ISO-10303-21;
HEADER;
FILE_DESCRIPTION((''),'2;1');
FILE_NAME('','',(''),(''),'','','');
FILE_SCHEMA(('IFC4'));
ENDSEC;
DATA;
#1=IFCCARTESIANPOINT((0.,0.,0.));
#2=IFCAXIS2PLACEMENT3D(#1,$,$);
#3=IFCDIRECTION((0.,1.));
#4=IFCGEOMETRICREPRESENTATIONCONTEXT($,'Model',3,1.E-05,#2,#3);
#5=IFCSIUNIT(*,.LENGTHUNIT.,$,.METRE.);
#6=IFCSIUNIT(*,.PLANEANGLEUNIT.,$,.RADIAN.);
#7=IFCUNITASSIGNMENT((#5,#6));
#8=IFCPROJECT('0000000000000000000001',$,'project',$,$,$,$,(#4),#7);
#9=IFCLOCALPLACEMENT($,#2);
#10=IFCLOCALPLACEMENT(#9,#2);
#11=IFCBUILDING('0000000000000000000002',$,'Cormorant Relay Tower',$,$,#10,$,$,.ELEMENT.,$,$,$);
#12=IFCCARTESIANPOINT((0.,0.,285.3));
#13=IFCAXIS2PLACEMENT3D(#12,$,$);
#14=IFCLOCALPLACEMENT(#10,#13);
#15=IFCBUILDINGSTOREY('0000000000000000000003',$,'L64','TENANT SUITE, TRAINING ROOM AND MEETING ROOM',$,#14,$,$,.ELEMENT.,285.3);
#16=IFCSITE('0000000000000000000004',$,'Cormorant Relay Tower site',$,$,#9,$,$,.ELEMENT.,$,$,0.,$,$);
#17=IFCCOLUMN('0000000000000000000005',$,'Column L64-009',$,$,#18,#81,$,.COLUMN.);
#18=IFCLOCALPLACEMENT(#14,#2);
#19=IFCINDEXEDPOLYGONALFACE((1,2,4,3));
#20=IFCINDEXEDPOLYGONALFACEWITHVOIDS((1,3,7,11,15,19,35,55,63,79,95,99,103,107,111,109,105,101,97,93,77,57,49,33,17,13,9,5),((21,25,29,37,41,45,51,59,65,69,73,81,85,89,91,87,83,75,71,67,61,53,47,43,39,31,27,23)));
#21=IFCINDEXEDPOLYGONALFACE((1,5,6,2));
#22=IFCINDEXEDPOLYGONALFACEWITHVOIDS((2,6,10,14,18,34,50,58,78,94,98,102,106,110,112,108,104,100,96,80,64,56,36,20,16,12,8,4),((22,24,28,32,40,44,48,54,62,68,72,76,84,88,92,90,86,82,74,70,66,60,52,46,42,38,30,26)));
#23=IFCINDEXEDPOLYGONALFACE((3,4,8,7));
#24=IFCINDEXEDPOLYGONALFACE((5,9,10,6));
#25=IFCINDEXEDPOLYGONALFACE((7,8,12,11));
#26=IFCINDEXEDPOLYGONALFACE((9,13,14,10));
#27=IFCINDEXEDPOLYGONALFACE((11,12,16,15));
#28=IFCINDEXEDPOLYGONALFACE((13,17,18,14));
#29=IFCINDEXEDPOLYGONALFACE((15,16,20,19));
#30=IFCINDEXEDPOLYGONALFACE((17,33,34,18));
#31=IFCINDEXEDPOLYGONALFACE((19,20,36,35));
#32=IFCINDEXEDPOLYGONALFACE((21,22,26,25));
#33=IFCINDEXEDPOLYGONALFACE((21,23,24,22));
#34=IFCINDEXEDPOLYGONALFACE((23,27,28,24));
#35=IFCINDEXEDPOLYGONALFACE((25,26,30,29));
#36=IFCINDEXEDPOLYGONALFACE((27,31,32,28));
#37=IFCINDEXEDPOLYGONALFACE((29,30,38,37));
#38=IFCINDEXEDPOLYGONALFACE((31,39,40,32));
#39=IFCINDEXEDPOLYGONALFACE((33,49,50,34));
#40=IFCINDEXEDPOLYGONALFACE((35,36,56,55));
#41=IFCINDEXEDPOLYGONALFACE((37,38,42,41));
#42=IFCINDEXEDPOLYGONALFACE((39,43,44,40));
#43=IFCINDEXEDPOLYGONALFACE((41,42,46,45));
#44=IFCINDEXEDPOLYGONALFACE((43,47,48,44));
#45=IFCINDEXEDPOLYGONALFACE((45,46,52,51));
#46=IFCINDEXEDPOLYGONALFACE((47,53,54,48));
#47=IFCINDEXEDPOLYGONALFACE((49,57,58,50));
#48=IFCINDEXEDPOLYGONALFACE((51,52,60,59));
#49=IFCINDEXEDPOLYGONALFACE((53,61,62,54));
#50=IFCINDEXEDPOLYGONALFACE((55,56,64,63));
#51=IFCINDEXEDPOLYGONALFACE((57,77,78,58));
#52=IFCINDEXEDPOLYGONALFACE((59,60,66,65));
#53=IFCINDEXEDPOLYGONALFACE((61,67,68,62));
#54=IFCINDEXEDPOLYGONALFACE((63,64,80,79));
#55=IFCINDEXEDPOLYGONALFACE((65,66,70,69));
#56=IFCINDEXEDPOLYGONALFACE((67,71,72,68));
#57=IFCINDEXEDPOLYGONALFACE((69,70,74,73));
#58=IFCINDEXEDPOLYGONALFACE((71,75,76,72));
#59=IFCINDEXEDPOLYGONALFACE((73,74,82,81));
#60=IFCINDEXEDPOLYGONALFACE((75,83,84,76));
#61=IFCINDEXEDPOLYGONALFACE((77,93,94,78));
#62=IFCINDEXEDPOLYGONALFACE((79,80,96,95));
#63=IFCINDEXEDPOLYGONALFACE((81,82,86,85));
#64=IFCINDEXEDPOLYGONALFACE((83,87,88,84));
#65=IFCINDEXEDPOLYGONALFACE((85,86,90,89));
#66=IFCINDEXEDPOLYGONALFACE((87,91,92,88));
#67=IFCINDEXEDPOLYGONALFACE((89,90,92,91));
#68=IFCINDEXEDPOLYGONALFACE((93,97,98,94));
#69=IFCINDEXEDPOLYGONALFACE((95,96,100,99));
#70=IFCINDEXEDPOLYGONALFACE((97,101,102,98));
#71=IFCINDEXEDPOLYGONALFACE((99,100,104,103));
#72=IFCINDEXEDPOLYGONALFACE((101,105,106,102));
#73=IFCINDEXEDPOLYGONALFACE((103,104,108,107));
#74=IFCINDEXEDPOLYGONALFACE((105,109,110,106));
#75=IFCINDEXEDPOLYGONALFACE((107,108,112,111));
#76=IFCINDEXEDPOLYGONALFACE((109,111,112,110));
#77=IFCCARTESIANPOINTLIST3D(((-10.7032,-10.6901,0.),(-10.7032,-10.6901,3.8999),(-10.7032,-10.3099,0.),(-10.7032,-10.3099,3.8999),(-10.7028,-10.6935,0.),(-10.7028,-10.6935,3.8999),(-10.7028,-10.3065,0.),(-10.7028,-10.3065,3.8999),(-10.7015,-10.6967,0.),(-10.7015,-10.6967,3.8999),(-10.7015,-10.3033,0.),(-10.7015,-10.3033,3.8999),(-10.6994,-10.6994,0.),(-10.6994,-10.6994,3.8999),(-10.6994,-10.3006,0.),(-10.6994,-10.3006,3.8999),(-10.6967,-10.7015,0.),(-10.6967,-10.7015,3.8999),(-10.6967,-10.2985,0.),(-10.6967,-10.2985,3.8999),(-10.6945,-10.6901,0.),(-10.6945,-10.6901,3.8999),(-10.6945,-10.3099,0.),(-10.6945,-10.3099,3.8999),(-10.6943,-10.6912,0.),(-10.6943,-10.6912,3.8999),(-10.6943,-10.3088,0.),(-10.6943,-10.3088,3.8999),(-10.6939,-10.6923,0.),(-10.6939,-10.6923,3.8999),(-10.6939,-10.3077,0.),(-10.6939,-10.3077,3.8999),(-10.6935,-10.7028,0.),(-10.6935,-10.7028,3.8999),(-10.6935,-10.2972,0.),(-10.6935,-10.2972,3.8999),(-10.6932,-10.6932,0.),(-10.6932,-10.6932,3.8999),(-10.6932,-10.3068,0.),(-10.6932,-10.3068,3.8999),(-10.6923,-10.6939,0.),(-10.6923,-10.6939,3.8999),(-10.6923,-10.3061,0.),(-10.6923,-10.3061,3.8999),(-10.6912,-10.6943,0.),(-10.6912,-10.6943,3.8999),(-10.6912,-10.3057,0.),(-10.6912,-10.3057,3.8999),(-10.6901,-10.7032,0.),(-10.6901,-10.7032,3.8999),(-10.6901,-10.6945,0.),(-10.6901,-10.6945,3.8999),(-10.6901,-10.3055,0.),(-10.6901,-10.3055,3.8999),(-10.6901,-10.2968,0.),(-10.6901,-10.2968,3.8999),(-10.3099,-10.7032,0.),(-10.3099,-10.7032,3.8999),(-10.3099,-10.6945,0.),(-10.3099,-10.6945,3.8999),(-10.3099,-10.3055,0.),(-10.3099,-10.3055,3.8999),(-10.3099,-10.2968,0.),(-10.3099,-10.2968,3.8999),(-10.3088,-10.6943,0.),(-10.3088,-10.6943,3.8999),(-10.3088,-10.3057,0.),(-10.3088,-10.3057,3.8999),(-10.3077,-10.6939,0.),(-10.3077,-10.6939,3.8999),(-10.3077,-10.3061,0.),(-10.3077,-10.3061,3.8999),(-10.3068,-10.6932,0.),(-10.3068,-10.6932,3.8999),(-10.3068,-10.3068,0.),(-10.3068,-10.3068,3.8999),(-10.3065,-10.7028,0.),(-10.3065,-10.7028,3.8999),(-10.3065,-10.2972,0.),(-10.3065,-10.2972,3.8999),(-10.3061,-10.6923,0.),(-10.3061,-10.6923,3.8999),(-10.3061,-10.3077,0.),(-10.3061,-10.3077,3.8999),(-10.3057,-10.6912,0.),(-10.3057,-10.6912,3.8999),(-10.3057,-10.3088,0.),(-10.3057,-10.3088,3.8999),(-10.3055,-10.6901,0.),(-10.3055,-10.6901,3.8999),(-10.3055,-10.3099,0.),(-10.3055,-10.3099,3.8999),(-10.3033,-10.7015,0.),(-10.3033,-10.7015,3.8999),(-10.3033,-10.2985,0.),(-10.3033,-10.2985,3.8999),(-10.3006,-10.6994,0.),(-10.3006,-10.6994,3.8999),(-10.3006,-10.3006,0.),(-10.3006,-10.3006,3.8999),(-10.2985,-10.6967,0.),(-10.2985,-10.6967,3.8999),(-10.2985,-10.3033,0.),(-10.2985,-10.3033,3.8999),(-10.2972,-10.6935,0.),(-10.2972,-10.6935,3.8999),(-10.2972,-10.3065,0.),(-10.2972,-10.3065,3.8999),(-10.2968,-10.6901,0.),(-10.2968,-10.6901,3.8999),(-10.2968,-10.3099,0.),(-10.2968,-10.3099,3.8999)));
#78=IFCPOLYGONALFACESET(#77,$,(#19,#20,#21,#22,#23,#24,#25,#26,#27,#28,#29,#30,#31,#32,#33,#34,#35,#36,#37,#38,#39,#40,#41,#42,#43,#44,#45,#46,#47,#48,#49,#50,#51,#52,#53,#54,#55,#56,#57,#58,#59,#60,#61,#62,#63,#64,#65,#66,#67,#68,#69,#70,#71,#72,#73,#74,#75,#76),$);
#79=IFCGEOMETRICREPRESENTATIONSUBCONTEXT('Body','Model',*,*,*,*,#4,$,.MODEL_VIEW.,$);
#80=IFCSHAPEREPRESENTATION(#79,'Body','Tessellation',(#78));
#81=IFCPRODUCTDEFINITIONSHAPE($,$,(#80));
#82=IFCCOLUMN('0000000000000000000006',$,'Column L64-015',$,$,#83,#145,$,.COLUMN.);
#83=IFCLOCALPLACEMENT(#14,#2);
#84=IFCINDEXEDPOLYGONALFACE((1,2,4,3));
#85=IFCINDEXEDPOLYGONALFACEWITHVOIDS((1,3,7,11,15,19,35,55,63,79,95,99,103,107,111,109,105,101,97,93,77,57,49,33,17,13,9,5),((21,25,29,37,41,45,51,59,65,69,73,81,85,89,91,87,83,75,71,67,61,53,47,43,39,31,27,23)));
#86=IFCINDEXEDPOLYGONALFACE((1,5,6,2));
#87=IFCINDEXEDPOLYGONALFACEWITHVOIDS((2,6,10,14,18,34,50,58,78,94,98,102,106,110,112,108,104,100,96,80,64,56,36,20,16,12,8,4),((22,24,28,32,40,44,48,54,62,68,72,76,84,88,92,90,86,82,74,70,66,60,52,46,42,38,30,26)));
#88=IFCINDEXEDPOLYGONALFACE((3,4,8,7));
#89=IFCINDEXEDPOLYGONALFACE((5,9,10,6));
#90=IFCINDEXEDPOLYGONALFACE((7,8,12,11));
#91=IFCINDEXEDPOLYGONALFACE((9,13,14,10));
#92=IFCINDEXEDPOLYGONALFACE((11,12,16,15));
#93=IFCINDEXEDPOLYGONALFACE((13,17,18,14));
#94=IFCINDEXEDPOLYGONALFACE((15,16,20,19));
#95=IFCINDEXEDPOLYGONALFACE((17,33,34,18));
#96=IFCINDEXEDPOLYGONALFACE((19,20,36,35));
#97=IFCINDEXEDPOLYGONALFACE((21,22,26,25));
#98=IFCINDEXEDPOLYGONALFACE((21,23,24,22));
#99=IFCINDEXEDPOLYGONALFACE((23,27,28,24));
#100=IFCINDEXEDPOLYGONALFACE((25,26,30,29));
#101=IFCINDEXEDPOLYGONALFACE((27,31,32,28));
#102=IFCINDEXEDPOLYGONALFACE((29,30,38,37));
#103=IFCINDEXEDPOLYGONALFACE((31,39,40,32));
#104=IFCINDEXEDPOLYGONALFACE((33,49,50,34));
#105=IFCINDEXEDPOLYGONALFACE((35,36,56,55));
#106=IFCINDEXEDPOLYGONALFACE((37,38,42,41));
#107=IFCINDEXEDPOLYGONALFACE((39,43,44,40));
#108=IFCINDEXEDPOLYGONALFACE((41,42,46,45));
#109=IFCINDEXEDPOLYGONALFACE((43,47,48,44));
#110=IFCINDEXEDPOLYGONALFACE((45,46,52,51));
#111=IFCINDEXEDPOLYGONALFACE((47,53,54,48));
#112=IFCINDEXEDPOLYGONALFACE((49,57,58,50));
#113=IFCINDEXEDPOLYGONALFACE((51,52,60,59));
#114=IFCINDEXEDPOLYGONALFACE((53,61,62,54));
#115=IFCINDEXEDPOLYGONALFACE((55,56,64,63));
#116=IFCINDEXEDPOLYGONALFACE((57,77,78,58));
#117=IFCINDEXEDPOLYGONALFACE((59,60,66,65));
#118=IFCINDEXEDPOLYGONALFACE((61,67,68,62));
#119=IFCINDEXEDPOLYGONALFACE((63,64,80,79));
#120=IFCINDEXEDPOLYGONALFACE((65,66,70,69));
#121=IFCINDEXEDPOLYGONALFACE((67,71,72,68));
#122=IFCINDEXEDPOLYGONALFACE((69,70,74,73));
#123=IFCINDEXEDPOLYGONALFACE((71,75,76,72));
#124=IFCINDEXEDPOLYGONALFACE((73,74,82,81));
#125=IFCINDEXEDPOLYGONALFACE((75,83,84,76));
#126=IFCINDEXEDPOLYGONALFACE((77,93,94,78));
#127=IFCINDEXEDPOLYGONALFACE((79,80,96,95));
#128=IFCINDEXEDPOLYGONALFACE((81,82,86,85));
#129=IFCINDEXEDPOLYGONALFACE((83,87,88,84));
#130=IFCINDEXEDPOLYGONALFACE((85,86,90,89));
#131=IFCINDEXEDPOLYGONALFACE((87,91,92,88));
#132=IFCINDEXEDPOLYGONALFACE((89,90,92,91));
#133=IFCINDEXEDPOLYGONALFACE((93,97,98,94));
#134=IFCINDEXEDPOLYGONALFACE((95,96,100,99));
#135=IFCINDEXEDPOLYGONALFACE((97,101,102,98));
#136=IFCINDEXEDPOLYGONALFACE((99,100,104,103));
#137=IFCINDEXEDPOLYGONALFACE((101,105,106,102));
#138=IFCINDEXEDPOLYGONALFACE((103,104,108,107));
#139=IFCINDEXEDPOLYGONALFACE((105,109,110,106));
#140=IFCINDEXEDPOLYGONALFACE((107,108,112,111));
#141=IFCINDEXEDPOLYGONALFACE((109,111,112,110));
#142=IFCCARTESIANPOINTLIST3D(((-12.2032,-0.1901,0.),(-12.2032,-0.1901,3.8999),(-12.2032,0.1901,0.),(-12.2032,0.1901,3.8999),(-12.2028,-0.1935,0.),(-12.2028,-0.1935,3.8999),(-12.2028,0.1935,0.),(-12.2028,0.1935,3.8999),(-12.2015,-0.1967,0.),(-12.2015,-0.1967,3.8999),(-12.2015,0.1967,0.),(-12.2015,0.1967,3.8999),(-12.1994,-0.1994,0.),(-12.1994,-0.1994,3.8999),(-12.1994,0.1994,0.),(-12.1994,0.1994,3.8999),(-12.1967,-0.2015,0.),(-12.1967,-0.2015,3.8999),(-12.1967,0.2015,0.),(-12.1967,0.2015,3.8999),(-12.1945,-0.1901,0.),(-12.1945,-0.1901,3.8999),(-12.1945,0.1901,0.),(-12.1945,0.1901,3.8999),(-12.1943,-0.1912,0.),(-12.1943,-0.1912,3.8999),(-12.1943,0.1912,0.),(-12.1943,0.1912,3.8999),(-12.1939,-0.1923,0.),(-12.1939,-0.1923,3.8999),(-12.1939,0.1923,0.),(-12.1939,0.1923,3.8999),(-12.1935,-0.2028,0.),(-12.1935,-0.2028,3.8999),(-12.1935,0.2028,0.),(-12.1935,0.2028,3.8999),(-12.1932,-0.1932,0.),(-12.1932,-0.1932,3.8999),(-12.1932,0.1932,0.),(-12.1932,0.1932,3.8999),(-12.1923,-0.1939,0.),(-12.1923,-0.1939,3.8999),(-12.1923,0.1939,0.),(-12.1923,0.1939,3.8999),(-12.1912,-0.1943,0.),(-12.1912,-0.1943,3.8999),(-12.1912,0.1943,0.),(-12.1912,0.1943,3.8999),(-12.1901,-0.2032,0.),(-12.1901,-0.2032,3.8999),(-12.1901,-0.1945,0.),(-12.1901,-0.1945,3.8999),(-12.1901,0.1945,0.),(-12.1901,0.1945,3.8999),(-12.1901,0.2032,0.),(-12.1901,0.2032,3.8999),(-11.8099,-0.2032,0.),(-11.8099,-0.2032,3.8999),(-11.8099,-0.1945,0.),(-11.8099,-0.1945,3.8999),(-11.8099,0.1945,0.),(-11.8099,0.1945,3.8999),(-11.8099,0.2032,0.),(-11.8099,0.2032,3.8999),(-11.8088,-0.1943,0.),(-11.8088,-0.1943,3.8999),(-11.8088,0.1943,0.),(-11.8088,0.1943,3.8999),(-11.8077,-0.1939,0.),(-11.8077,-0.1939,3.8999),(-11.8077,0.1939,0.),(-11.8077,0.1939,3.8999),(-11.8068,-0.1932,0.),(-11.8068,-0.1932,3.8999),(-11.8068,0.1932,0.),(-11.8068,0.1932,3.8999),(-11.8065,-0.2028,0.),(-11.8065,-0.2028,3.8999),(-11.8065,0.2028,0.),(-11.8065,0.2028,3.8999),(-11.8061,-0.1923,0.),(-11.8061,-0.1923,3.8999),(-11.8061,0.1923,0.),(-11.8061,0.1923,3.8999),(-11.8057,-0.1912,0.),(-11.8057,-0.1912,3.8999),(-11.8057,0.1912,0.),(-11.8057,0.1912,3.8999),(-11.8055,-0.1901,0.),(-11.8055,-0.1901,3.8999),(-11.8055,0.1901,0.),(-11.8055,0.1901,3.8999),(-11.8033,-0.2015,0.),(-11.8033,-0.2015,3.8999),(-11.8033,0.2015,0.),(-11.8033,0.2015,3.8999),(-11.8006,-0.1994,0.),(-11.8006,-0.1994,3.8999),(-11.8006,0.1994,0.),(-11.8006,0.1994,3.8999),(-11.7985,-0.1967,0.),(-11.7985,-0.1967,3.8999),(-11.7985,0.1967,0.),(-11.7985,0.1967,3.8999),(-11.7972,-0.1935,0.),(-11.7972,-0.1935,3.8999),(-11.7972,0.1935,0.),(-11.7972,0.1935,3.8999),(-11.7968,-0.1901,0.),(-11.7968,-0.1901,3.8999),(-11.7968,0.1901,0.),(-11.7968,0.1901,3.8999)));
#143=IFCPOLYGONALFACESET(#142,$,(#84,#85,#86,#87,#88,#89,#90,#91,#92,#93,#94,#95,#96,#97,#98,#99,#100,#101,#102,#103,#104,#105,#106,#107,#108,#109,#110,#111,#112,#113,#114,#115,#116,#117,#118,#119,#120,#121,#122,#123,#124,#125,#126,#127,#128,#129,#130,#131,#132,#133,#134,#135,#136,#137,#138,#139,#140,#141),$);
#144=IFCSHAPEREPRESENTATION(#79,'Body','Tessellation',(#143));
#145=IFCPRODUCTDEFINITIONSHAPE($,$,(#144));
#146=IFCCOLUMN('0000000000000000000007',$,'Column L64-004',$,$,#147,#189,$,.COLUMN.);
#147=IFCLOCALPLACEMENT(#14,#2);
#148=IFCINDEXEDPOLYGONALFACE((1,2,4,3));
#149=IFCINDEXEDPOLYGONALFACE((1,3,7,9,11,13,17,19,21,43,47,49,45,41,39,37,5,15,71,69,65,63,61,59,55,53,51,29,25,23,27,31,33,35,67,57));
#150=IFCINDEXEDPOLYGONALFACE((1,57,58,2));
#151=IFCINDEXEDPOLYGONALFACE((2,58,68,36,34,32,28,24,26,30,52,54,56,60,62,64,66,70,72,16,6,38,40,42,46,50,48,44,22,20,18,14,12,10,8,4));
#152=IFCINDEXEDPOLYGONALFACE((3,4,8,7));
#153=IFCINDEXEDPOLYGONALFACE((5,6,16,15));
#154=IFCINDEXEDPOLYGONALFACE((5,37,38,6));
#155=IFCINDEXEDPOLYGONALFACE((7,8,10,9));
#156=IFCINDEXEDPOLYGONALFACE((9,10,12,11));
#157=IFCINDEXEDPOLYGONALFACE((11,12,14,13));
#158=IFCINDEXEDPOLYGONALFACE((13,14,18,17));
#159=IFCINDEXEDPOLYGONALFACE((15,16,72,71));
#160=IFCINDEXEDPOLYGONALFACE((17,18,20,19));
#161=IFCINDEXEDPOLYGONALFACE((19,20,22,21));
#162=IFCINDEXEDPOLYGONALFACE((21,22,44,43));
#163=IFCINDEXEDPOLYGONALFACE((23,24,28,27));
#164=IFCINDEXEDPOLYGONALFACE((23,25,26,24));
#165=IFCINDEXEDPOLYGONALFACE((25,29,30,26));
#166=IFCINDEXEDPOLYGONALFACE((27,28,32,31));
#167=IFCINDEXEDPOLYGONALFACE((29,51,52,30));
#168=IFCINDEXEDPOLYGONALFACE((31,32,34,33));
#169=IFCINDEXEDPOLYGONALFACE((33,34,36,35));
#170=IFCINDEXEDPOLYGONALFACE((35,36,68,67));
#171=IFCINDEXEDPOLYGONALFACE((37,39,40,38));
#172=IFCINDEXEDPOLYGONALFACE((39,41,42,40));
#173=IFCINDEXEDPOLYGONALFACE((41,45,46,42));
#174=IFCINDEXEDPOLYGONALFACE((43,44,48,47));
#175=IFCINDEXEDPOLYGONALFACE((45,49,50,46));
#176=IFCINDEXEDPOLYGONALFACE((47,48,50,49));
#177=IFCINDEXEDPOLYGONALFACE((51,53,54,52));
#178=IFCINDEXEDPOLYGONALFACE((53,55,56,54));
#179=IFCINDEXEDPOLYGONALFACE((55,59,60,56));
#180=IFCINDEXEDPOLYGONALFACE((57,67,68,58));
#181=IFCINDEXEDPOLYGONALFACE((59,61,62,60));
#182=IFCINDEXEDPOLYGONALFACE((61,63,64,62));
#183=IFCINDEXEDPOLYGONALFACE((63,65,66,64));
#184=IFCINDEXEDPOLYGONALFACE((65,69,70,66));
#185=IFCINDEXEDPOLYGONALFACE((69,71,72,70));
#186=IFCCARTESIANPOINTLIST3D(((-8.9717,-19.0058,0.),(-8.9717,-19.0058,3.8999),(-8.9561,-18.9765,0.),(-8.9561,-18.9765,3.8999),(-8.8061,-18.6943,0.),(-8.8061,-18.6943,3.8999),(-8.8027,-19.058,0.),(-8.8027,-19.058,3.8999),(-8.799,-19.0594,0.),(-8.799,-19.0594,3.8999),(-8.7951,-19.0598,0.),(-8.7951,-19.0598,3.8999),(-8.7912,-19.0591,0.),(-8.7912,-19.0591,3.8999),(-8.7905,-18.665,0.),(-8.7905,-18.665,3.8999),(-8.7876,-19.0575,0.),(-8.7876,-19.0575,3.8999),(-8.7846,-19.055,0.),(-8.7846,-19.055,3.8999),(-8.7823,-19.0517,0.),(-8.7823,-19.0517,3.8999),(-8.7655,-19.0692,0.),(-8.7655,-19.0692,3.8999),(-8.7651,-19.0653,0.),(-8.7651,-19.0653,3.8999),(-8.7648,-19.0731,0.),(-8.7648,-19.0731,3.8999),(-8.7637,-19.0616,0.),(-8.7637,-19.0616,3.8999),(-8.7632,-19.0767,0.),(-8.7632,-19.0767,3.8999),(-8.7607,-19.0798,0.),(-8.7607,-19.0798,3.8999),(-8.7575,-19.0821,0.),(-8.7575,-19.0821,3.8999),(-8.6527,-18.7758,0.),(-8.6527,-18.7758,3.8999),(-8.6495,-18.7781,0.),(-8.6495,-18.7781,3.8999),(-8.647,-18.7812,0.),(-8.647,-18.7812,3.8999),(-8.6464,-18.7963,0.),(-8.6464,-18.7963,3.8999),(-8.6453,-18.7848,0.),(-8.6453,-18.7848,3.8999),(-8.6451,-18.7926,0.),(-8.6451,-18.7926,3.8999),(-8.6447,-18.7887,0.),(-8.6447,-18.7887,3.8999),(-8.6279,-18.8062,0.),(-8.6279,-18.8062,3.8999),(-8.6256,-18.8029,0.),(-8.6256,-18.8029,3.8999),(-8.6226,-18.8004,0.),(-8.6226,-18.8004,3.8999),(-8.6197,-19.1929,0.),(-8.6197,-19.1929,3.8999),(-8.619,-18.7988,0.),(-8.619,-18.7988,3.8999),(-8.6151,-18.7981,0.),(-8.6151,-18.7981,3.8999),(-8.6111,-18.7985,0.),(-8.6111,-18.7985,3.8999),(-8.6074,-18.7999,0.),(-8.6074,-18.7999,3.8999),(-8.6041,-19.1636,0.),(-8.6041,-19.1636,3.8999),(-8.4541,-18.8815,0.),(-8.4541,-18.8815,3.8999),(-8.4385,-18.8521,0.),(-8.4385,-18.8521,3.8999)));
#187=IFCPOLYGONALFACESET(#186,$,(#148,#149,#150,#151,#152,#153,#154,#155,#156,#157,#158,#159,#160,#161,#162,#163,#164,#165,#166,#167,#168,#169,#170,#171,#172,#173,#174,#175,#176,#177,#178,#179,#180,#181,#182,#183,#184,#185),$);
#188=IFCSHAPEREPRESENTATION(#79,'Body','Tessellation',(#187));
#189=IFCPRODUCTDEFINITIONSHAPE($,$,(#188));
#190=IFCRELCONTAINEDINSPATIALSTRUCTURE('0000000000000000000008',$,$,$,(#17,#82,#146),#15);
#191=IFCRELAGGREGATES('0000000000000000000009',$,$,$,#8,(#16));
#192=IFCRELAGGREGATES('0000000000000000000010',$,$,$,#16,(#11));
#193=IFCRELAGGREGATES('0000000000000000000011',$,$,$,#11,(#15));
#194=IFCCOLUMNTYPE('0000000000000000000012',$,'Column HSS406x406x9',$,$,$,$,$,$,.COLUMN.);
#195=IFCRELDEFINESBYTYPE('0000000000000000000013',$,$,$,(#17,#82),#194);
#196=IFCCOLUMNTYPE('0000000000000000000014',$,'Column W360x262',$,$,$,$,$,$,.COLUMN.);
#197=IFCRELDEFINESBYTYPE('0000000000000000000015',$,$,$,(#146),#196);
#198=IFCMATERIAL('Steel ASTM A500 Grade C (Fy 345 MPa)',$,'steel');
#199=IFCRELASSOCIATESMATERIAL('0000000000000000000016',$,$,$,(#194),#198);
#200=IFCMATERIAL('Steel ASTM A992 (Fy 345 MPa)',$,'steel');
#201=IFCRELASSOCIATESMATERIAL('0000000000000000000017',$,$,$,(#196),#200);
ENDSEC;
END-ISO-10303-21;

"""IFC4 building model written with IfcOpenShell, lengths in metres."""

from ifc_helpers import new_model, si_unit, direction, frame, origin, origin_2d, place, context, subcontext, project, spatial, hollow_rectangle, i_section, extrude, material, material_profile, profile_set, type_object, element, save


model = new_model("IFC4")

# Units and contexts
model_context = context("Model", 3, precision=1e-05, world=origin(), true_north=direction((0.0, 1.0)))
body_context = subcontext(model_context, "Body", "Model", "MODEL_VIEW")
ifc_project = project(units=[si_unit("LENGTHUNIT", "METRE"), si_unit("PLANEANGLEUNIT", "RADIAN")], contexts=[model_context])

# Site, building, storey
site_placement = place(None, origin())
site = spatial("IfcSite", under=ifc_project, at=site_placement, Name="Cormorant Relay Tower site", CompositionType="ELEMENT", RefElevation=0.0)
building_placement = place(site_placement, origin())
building = spatial("IfcBuilding", under=site, at=building_placement, Name="Cormorant Relay Tower", CompositionType="ELEMENT")
storey_placement = place(building_placement, frame((0.0, 0.0, 285.3)))
storey = spatial("IfcBuildingStorey", under=building, at=storey_placement, Name="L64", Description="TENANT SUITE, TRAINING ROOM AND MEETING ROOM", CompositionType="ELEMENT", Elevation=285.3)

# Columns
ifc_material_1 = material(Name="Steel ASTM A500 Grade C (Fy 345 MPa)", Category="steel")
ifc_material_profile_1 = material_profile(ifc_material_1, hollow_rectangle(XDim=0.4065, YDim=0.4065, WallThickness=0.0088, InnerFilletRadius=0.0044, OuterFilletRadius=0.0132, at=origin_2d()), Name="HSS406x406x9")
ifc_profile_set_1 = profile_set([ifc_material_profile_1], Name="Steel ASTM A500 Grade C (Fy 345 MPa)")
column_type_1 = type_object("IfcColumnType", Name="Column HSS406x406x9", PredefinedType="COLUMN", material=ifc_profile_set_1)
for number, where, z_axis, x_axis, name in (
    (1, (-10.5, -10.5, 0.0), (0.0, 0.0, 1.0), (1.0, 0.0, 0.0), "Column L64-009"),
    (2, (-12.0, 0.0, 0.0), (0.0, 0.0, 1.0), (1.0, 0.0, 0.0), "Column L64-015"),
):
    element("IfcColumn", number, at=place(storey_placement, frame(where, z_axis=z_axis, x_axis=x_axis)), inside=storey, type_object=column_type_1, Name=name, PredefinedType="COLUMN", context=body_context, shape_type="SweptSolid", body=[
        extrude(hollow_rectangle(XDim=0.4065, YDim=0.4065, WallThickness=0.0088, InnerFilletRadius=0.0044, OuterFilletRadius=0.0132, at=origin_2d()), origin(), (0.0, 0.0, 1.0), 3.8999),
    ])
ifc_material_2 = material(Name="Steel ASTM A992 (Fy 345 MPa)", Category="steel")
ifc_material_profile_2 = material_profile(ifc_material_2, i_section(OverallWidth=0.3987, OverallDepth=0.386, WebThickness=0.021, FlangeThickness=0.0332, FilletRadius=0.0151, at=origin_2d()), Name="W360x262")
ifc_profile_set_2 = profile_set([ifc_material_profile_2], Name="Steel ASTM A992 (Fy 345 MPa)")
column_type_2 = type_object("IfcColumnType", Name="Column W360x262", PredefinedType="COLUMN", material=ifc_profile_set_2)
for number, where, z_axis, x_axis, name in (
    (3, (-8.7051, -18.929, 0.0), (0.0, 0.0, 1.0), (0.882948, -0.469472, 0.0), "Column L64-004"),
):
    element("IfcColumn", number, at=place(storey_placement, frame(where, z_axis=z_axis, x_axis=x_axis)), inside=storey, type_object=column_type_2, Name=name, PredefinedType="COLUMN", context=body_context, shape_type="SweptSolid", body=[
        extrude(i_section(OverallWidth=0.3987, OverallDepth=0.386, WebThickness=0.021, FlangeThickness=0.0332, FilletRadius=0.0151, at=origin_2d()), origin(), (0.0, 0.0, 1.0), 3.8999),
    ])

save(model, "model.ifc")
